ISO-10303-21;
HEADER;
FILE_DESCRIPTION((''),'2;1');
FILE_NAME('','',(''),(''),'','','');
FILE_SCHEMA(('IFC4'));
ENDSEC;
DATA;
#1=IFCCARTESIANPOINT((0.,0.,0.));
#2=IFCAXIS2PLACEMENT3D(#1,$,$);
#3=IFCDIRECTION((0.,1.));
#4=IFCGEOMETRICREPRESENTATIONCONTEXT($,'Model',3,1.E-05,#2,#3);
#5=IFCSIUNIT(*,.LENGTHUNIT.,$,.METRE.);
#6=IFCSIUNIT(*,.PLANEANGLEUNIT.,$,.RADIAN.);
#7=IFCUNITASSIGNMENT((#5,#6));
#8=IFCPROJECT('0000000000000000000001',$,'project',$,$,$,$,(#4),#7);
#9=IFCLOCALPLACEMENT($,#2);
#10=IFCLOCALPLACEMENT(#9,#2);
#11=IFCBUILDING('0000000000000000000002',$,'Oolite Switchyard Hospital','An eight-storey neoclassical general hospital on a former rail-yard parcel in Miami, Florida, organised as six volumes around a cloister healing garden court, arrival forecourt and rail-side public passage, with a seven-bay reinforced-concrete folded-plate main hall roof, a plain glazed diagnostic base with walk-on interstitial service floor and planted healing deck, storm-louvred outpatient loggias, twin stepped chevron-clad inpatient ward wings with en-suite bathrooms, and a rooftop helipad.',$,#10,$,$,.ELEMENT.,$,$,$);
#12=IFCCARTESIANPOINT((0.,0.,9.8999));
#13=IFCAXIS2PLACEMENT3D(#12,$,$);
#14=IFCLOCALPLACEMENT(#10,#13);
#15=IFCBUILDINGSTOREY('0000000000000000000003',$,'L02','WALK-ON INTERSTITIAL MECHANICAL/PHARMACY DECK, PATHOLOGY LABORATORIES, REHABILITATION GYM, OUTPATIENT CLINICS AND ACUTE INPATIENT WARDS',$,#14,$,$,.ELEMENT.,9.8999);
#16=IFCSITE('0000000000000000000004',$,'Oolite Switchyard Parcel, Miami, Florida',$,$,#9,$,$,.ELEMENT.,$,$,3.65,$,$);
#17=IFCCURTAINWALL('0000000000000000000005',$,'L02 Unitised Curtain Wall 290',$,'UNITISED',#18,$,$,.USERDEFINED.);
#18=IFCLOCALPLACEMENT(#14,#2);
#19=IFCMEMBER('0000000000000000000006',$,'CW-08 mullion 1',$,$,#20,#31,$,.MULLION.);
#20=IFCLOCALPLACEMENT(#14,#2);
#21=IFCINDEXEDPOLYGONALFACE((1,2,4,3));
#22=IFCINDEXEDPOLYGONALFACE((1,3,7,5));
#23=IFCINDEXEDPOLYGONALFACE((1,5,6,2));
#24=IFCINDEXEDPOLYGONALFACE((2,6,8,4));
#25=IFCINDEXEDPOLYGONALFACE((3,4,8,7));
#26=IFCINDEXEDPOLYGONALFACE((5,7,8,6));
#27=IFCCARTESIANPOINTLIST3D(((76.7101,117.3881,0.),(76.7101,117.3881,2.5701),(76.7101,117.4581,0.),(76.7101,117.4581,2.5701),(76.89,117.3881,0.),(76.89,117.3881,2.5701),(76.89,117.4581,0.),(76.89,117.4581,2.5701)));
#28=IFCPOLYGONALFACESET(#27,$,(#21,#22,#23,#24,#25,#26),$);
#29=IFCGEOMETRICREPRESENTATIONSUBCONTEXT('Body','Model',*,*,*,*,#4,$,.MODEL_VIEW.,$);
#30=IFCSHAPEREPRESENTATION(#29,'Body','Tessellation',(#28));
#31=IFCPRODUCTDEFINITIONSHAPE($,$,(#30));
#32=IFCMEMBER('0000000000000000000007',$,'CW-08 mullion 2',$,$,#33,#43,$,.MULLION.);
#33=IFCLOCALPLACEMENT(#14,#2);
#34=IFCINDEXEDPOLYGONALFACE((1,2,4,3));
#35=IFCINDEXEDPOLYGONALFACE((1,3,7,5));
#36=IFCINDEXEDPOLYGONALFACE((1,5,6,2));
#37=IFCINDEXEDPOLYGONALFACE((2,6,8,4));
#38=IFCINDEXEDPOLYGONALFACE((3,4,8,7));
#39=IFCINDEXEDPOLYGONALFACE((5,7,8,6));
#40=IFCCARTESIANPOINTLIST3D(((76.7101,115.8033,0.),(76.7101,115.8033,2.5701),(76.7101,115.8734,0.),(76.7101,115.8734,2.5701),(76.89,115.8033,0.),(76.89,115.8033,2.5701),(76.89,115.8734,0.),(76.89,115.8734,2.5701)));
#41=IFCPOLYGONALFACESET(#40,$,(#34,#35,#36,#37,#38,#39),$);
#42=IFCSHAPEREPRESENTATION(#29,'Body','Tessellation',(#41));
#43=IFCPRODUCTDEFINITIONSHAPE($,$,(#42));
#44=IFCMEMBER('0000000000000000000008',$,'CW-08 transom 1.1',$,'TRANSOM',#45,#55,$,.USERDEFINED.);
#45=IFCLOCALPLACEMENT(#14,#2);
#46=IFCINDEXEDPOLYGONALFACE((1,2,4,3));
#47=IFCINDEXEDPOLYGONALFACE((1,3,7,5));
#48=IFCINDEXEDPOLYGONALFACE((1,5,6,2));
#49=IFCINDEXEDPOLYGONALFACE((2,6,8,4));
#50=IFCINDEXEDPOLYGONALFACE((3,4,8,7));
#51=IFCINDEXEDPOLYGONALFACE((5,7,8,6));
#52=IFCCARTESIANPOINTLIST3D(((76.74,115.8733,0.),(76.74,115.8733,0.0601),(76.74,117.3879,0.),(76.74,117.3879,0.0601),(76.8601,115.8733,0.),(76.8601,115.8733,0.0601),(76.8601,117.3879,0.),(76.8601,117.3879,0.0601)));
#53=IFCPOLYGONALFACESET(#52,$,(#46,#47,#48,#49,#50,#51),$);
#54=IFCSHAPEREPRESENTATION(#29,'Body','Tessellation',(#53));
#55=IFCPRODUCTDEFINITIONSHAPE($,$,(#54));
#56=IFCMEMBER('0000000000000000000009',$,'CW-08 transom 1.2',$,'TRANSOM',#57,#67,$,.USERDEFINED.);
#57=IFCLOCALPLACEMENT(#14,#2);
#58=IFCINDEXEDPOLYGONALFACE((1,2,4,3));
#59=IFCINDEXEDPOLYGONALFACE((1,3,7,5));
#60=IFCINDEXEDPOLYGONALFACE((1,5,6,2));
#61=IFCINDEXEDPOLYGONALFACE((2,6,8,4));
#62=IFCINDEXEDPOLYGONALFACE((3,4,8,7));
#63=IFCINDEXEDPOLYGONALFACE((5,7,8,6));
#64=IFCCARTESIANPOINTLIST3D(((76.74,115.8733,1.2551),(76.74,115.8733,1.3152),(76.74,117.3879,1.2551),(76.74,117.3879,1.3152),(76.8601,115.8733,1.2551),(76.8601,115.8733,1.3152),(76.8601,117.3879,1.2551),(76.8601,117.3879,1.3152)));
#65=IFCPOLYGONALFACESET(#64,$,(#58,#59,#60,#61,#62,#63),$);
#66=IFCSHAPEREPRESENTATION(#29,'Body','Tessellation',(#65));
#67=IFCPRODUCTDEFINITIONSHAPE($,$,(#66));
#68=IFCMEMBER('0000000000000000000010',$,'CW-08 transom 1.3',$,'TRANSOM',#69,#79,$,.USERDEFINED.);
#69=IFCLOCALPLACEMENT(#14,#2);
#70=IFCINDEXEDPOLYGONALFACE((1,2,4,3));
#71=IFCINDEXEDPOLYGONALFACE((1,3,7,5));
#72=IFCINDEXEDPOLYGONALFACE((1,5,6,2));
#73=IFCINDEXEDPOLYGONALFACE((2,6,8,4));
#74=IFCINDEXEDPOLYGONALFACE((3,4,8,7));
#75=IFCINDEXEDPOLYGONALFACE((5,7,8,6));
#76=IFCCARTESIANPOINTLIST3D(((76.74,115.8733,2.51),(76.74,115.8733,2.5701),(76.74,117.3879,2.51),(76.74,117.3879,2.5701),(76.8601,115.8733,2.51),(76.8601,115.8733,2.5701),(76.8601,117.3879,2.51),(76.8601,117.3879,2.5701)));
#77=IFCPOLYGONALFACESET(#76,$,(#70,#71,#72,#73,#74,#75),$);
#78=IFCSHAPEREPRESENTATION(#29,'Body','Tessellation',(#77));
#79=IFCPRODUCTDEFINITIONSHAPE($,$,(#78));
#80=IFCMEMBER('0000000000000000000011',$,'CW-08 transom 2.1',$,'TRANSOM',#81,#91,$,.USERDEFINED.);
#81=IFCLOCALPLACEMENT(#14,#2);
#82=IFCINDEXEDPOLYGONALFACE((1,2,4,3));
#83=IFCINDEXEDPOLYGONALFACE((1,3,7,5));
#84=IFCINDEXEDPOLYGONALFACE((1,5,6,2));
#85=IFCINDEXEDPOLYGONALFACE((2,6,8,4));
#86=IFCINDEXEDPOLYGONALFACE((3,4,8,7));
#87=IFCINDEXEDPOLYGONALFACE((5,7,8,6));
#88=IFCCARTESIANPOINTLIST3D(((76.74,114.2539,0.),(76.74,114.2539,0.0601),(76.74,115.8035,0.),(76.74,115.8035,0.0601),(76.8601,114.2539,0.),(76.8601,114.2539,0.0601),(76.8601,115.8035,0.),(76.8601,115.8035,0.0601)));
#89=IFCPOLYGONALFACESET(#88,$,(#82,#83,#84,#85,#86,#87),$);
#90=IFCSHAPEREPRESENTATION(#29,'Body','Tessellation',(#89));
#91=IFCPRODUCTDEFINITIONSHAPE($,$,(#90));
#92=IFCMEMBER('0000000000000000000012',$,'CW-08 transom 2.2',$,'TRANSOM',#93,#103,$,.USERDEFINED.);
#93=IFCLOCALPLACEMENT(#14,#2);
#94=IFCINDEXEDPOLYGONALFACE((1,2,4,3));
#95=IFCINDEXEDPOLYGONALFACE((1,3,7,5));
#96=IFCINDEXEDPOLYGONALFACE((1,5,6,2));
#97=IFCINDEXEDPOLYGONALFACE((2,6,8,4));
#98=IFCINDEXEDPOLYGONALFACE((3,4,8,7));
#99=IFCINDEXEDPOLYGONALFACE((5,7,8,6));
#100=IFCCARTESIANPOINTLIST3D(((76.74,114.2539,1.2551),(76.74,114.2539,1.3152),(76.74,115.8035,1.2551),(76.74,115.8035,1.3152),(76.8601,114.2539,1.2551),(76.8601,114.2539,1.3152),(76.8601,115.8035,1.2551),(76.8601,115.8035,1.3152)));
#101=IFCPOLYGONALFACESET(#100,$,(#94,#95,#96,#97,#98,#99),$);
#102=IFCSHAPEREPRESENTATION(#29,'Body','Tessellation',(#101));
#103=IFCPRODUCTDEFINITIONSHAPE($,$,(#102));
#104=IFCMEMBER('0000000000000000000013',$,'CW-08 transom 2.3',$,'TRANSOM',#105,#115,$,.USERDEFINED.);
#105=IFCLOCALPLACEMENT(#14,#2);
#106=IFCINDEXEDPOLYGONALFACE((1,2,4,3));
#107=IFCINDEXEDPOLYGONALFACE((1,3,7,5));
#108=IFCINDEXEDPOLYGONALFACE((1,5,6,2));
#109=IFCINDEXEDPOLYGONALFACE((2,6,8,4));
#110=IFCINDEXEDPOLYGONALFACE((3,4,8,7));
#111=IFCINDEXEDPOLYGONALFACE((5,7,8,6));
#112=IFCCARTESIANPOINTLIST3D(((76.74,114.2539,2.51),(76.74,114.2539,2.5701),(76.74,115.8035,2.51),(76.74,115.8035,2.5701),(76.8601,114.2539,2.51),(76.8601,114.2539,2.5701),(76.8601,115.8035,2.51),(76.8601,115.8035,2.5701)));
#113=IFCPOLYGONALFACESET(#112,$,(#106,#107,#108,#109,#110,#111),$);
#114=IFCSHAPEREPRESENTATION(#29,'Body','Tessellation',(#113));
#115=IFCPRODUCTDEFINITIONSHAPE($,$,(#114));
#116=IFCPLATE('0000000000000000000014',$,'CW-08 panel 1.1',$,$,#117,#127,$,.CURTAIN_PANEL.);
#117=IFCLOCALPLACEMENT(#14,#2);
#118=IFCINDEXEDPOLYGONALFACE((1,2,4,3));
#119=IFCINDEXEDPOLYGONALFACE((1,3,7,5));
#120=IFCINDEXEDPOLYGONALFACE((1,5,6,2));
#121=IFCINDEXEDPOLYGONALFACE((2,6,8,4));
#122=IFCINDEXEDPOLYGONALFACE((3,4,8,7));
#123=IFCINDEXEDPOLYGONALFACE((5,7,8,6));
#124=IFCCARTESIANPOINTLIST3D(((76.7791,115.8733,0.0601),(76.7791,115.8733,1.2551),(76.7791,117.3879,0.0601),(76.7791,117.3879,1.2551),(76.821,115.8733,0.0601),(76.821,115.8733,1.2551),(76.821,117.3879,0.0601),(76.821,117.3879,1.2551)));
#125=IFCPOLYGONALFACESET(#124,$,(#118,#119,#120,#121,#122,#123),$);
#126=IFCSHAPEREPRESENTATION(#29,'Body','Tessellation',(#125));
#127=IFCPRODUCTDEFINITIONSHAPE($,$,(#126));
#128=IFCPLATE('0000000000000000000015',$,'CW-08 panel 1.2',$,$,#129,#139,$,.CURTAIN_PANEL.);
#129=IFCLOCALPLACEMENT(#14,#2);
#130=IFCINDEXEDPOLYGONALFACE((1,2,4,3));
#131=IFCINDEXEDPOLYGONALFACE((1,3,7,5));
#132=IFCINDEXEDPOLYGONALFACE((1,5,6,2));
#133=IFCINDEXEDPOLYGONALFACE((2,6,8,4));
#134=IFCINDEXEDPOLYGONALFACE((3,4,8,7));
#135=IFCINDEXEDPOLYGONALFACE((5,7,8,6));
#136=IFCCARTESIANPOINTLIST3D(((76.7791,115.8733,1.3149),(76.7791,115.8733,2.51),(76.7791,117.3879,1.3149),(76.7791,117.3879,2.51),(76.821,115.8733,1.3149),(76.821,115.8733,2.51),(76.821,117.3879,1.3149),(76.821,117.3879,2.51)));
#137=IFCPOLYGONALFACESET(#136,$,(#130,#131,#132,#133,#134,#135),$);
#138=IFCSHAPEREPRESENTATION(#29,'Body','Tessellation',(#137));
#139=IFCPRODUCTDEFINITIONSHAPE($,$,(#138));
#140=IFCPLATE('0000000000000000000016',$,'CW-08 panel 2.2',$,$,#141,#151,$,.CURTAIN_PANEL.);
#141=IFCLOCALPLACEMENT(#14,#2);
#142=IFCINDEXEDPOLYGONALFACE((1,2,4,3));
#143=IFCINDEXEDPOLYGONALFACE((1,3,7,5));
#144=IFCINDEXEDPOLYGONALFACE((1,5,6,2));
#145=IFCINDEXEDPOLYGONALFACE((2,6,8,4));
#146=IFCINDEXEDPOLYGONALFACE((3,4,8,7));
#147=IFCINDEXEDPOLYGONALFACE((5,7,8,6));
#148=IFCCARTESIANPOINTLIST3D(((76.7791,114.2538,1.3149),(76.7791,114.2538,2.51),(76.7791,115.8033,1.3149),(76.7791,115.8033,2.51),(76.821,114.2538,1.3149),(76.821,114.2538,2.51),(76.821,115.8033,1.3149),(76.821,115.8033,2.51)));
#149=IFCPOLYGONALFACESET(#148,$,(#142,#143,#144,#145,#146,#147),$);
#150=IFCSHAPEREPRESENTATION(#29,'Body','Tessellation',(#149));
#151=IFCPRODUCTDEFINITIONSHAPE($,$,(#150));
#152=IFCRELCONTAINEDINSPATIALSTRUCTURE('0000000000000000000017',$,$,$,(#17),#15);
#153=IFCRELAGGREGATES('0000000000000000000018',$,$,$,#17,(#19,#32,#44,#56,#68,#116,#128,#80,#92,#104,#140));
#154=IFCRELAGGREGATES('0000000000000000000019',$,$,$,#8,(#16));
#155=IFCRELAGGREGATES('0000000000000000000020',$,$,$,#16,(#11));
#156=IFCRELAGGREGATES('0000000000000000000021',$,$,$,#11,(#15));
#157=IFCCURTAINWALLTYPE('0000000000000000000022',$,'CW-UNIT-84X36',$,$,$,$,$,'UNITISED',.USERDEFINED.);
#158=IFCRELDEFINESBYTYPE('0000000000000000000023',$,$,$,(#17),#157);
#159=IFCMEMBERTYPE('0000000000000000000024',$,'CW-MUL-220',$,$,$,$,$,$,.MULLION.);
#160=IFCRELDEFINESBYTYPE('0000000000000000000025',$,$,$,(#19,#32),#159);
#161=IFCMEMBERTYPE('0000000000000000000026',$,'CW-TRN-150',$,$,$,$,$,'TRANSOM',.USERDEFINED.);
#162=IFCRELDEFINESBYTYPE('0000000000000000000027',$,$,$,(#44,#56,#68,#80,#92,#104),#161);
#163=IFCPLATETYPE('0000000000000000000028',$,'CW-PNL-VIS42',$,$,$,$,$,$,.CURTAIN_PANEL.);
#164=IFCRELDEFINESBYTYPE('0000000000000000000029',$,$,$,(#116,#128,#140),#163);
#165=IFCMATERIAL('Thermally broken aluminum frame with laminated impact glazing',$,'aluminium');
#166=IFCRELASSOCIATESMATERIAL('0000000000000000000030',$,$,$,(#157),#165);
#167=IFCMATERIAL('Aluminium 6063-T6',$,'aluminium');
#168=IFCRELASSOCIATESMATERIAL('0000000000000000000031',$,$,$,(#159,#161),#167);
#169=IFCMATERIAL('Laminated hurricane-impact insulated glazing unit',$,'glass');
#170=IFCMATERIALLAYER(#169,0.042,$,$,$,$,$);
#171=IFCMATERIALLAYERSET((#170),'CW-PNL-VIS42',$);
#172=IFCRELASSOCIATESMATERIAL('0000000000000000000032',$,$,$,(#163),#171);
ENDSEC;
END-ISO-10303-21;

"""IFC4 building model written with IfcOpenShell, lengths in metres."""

from ifc_helpers import new_model, si_unit, direction, frame, origin, origin_2d, place, context, subcontext, project, spatial, rectangle, extrude, material, layer, layer_set, material_profile, profile_set, type_object, element, aggregate, save


model = new_model("IFC4")

# Units and contexts
model_context = context("Model", 3, precision=1e-05, world=origin(), true_north=direction((0.0, 1.0)))
body_context = subcontext(model_context, "Body", "Model", "MODEL_VIEW")
ifc_project = project(units=[si_unit("LENGTHUNIT", "METRE"), si_unit("PLANEANGLEUNIT", "RADIAN")], contexts=[model_context])

# Site, building, storey
site_placement = place(None, origin())
site = spatial("IfcSite", under=ifc_project, at=site_placement, Name="Oolite Switchyard Parcel, Miami, Florida", CompositionType="ELEMENT", RefElevation=3.65)
building_placement = place(site_placement, origin())
building = spatial("IfcBuilding", under=site, at=building_placement, Name="Oolite Switchyard Hospital", Description="An eight-storey neoclassical general hospital on a former rail-yard parcel in Miami, Florida, organised as six volumes around a cloister healing garden court, arrival forecourt and rail-side public passage, with a seven-bay reinforced-concrete folded-plate main hall roof, a plain glazed diagnostic base with walk-on interstitial service floor and planted healing deck, storm-louvred outpatient loggias, twin stepped chevron-clad inpatient ward wings with en-suite bathrooms, and a rooftop helipad.", CompositionType="ELEMENT")
storey_placement = place(building_placement, frame((0.0, 0.0, 9.8999)))
storey = spatial("IfcBuildingStorey", under=building, at=storey_placement, Name="L02", Description="WALK-ON INTERSTITIAL MECHANICAL/PHARMACY DECK, PATHOLOGY LABORATORIES, REHABILITATION GYM, OUTPATIENT CLINICS AND ACUTE INPATIENT WARDS", CompositionType="ELEMENT", Elevation=9.8999)

# Shared definitions
ifc_material_1 = material(Name="Thermally broken aluminum frame with laminated impact glazing", Category="aluminium")
curtain_wall_type = type_object("IfcCurtainWallType", Name="CW-UNIT-84X36", ElementType="UNITISED", PredefinedType="USERDEFINED", material=ifc_material_1)
ifc_material_2 = material(Name="Aluminium 6063-T6", Category="aluminium")

# Curtain wall, members, plates
curtain_wall_1_placement = place(storey_placement, origin())
curtain_wall_1 = element("IfcCurtainWall", 1, at=curtain_wall_1_placement, inside=storey, type_object=curtain_wall_type, Name="L02 Unitised Curtain Wall 290", ObjectType="UNITISED", PredefinedType="USERDEFINED")
ifc_material_profile_1 = material_profile(ifc_material_2, rectangle(XDim=0.1799, YDim=0.0701, at=origin_2d()), Name="CWM70X180")
ifc_profile_set_1 = profile_set([ifc_material_profile_1], Name="Aluminium 6063-T6")
member_type_1 = type_object("IfcMemberType", Name="CW-MUL-220", PredefinedType="MULLION", material=ifc_profile_set_1)
member_1_placement = place(storey_placement, frame((76.8, 117.4231, 0.0), z_axis=(0.0, 0.0, 1.0), x_axis=(1.0, 0.0, 0.0)))
member_1 = element("IfcMember", 2, at=member_1_placement, type_object=member_type_1, Name="CW-08 mullion 1", PredefinedType="MULLION", context=body_context, shape_type="SweptSolid", body=[
    extrude(rectangle(XDim=0.1799, YDim=0.0701, at=origin_2d()), origin(), (0.0, 0.0, 1.0), 2.5701),
])
member_2_placement = place(storey_placement, frame((76.8, 115.8384, 0.0), z_axis=(0.0, 0.0, 1.0), x_axis=(1.0, 0.0, 0.0)))
member_2 = element("IfcMember", 3, at=member_2_placement, type_object=member_type_1, Name="CW-08 mullion 2", PredefinedType="MULLION", context=body_context, shape_type="SweptSolid", body=[
    extrude(rectangle(XDim=0.1799, YDim=0.0701, at=origin_2d()), origin(), (0.0, 0.0, 1.0), 2.5701),
])
ifc_material_profile_2 = material_profile(ifc_material_2, rectangle(XDim=0.1201, YDim=0.0601, at=origin_2d()), Name="CWT60X120")
ifc_profile_set_2 = profile_set([ifc_material_profile_2], Name="Aluminium 6063-T6")
member_type_2 = type_object("IfcMemberType", Name="CW-TRN-150", ElementType="TRANSOM", PredefinedType="USERDEFINED", material=ifc_profile_set_2)
member_3_placement = place(storey_placement, frame((76.8, 117.3879, 0.03), z_axis=(0.0, -1.0, 0.0), x_axis=(1.0, 0.0, 0.0)))
member_3 = element("IfcMember", 4, at=member_3_placement, type_object=member_type_2, Name="CW-08 transom 1.1", ObjectType="TRANSOM", PredefinedType="USERDEFINED", context=body_context, shape_type="SweptSolid", body=[
    extrude(rectangle(XDim=0.1201, YDim=0.0601, at=origin_2d()), origin(), (0.0, 0.0, 1.0), 1.5146),
])
member_4_placement = place(storey_placement, frame((76.8, 117.3879, 1.2852), z_axis=(0.0, -1.0, 0.0), x_axis=(1.0, 0.0, 0.0)))
member_4 = element("IfcMember", 5, at=member_4_placement, type_object=member_type_2, Name="CW-08 transom 1.2", ObjectType="TRANSOM", PredefinedType="USERDEFINED", context=body_context, shape_type="SweptSolid", body=[
    extrude(rectangle(XDim=0.1201, YDim=0.0601, at=origin_2d()), origin(), (0.0, 0.0, 1.0), 1.5146),
])
member_5_placement = place(storey_placement, frame((76.8, 117.3879, 2.54), z_axis=(0.0, -1.0, 0.0), x_axis=(1.0, 0.0, 0.0)))
member_5 = element("IfcMember", 6, at=member_5_placement, type_object=member_type_2, Name="CW-08 transom 1.3", ObjectType="TRANSOM", PredefinedType="USERDEFINED", context=body_context, shape_type="SweptSolid", body=[
    extrude(rectangle(XDim=0.1201, YDim=0.0601, at=origin_2d()), origin(), (0.0, 0.0, 1.0), 1.5146),
])
member_6_placement = place(storey_placement, frame((76.8, 115.8035, 0.03), z_axis=(0.0, -1.0, 0.0), x_axis=(1.0, 0.0, 0.0)))
member_6 = element("IfcMember", 7, at=member_6_placement, type_object=member_type_2, Name="CW-08 transom 2.1", ObjectType="TRANSOM", PredefinedType="USERDEFINED", context=body_context, shape_type="SweptSolid", body=[
    extrude(rectangle(XDim=0.1201, YDim=0.0601, at=origin_2d()), origin(), (0.0, 0.0, 1.0), 1.5496),
])
member_7_placement = place(storey_placement, frame((76.8, 115.8035, 1.2852), z_axis=(0.0, -1.0, 0.0), x_axis=(1.0, 0.0, 0.0)))
member_7 = element("IfcMember", 8, at=member_7_placement, type_object=member_type_2, Name="CW-08 transom 2.2", ObjectType="TRANSOM", PredefinedType="USERDEFINED", context=body_context, shape_type="SweptSolid", body=[
    extrude(rectangle(XDim=0.1201, YDim=0.0601, at=origin_2d()), origin(), (0.0, 0.0, 1.0), 1.5496),
])
member_8_placement = place(storey_placement, frame((76.8, 115.8035, 2.54), z_axis=(0.0, -1.0, 0.0), x_axis=(1.0, 0.0, 0.0)))
member_8 = element("IfcMember", 9, at=member_8_placement, type_object=member_type_2, Name="CW-08 transom 2.3", ObjectType="TRANSOM", PredefinedType="USERDEFINED", context=body_context, shape_type="SweptSolid", body=[
    extrude(rectangle(XDim=0.1201, YDim=0.0601, at=origin_2d()), origin(), (0.0, 0.0, 1.0), 1.5496),
])
ifc_material_3 = material(Name="Laminated hurricane-impact insulated glazing unit", Category="glass")
ifc_layer = layer(ifc_material_3, 0.042)
ifc_layer_set = layer_set([ifc_layer], Name="CW-PNL-VIS42")
plate_type = type_object("IfcPlateType", Name="CW-PNL-VIS42", PredefinedType="CURTAIN_PANEL", material=ifc_layer_set)
plate_1_placement = place(storey_placement, frame((76.8, 116.6306, 0.0601), z_axis=(0.0, 0.0, 1.0), x_axis=(0.0, -1.0, 0.0)))
plate_1 = element("IfcPlate", 10, at=plate_1_placement, type_object=plate_type, Name="CW-08 panel 1.1", PredefinedType="CURTAIN_PANEL", context=body_context, shape_type="SweptSolid", body=[
    extrude(rectangle(XDim=1.5146, YDim=0.042, at=origin_2d()), origin(), (0.0, 0.0, 1.0), 1.1951),
])
plate_2_placement = place(storey_placement, frame((76.8, 116.6306, 1.3149), z_axis=(0.0, 0.0, 1.0), x_axis=(0.0, -1.0, 0.0)))
plate_2 = element("IfcPlate", 11, at=plate_2_placement, type_object=plate_type, Name="CW-08 panel 1.2", PredefinedType="CURTAIN_PANEL", context=body_context, shape_type="SweptSolid", body=[
    extrude(rectangle(XDim=1.5146, YDim=0.042, at=origin_2d()), origin(), (0.0, 0.0, 1.0), 1.1951),
])
plate_3_placement = place(storey_placement, frame((76.8, 115.0286, 1.3149), z_axis=(0.0, 0.0, 1.0), x_axis=(0.0, -1.0, 0.0)))
plate_3 = element("IfcPlate", 12, at=plate_3_placement, type_object=plate_type, Name="CW-08 panel 2.2", PredefinedType="CURTAIN_PANEL", context=body_context, shape_type="SweptSolid", body=[
    extrude(rectangle(XDim=1.5496, YDim=0.042, at=origin_2d()), origin(), (0.0, 0.0, 1.0), 1.1951),
])
aggregate(curtain_wall_1, [member_1, member_2, member_3, member_4, member_5, plate_1, plate_2, member_6, member_7, member_8, plate_3])

save(model, "model.ifc")
